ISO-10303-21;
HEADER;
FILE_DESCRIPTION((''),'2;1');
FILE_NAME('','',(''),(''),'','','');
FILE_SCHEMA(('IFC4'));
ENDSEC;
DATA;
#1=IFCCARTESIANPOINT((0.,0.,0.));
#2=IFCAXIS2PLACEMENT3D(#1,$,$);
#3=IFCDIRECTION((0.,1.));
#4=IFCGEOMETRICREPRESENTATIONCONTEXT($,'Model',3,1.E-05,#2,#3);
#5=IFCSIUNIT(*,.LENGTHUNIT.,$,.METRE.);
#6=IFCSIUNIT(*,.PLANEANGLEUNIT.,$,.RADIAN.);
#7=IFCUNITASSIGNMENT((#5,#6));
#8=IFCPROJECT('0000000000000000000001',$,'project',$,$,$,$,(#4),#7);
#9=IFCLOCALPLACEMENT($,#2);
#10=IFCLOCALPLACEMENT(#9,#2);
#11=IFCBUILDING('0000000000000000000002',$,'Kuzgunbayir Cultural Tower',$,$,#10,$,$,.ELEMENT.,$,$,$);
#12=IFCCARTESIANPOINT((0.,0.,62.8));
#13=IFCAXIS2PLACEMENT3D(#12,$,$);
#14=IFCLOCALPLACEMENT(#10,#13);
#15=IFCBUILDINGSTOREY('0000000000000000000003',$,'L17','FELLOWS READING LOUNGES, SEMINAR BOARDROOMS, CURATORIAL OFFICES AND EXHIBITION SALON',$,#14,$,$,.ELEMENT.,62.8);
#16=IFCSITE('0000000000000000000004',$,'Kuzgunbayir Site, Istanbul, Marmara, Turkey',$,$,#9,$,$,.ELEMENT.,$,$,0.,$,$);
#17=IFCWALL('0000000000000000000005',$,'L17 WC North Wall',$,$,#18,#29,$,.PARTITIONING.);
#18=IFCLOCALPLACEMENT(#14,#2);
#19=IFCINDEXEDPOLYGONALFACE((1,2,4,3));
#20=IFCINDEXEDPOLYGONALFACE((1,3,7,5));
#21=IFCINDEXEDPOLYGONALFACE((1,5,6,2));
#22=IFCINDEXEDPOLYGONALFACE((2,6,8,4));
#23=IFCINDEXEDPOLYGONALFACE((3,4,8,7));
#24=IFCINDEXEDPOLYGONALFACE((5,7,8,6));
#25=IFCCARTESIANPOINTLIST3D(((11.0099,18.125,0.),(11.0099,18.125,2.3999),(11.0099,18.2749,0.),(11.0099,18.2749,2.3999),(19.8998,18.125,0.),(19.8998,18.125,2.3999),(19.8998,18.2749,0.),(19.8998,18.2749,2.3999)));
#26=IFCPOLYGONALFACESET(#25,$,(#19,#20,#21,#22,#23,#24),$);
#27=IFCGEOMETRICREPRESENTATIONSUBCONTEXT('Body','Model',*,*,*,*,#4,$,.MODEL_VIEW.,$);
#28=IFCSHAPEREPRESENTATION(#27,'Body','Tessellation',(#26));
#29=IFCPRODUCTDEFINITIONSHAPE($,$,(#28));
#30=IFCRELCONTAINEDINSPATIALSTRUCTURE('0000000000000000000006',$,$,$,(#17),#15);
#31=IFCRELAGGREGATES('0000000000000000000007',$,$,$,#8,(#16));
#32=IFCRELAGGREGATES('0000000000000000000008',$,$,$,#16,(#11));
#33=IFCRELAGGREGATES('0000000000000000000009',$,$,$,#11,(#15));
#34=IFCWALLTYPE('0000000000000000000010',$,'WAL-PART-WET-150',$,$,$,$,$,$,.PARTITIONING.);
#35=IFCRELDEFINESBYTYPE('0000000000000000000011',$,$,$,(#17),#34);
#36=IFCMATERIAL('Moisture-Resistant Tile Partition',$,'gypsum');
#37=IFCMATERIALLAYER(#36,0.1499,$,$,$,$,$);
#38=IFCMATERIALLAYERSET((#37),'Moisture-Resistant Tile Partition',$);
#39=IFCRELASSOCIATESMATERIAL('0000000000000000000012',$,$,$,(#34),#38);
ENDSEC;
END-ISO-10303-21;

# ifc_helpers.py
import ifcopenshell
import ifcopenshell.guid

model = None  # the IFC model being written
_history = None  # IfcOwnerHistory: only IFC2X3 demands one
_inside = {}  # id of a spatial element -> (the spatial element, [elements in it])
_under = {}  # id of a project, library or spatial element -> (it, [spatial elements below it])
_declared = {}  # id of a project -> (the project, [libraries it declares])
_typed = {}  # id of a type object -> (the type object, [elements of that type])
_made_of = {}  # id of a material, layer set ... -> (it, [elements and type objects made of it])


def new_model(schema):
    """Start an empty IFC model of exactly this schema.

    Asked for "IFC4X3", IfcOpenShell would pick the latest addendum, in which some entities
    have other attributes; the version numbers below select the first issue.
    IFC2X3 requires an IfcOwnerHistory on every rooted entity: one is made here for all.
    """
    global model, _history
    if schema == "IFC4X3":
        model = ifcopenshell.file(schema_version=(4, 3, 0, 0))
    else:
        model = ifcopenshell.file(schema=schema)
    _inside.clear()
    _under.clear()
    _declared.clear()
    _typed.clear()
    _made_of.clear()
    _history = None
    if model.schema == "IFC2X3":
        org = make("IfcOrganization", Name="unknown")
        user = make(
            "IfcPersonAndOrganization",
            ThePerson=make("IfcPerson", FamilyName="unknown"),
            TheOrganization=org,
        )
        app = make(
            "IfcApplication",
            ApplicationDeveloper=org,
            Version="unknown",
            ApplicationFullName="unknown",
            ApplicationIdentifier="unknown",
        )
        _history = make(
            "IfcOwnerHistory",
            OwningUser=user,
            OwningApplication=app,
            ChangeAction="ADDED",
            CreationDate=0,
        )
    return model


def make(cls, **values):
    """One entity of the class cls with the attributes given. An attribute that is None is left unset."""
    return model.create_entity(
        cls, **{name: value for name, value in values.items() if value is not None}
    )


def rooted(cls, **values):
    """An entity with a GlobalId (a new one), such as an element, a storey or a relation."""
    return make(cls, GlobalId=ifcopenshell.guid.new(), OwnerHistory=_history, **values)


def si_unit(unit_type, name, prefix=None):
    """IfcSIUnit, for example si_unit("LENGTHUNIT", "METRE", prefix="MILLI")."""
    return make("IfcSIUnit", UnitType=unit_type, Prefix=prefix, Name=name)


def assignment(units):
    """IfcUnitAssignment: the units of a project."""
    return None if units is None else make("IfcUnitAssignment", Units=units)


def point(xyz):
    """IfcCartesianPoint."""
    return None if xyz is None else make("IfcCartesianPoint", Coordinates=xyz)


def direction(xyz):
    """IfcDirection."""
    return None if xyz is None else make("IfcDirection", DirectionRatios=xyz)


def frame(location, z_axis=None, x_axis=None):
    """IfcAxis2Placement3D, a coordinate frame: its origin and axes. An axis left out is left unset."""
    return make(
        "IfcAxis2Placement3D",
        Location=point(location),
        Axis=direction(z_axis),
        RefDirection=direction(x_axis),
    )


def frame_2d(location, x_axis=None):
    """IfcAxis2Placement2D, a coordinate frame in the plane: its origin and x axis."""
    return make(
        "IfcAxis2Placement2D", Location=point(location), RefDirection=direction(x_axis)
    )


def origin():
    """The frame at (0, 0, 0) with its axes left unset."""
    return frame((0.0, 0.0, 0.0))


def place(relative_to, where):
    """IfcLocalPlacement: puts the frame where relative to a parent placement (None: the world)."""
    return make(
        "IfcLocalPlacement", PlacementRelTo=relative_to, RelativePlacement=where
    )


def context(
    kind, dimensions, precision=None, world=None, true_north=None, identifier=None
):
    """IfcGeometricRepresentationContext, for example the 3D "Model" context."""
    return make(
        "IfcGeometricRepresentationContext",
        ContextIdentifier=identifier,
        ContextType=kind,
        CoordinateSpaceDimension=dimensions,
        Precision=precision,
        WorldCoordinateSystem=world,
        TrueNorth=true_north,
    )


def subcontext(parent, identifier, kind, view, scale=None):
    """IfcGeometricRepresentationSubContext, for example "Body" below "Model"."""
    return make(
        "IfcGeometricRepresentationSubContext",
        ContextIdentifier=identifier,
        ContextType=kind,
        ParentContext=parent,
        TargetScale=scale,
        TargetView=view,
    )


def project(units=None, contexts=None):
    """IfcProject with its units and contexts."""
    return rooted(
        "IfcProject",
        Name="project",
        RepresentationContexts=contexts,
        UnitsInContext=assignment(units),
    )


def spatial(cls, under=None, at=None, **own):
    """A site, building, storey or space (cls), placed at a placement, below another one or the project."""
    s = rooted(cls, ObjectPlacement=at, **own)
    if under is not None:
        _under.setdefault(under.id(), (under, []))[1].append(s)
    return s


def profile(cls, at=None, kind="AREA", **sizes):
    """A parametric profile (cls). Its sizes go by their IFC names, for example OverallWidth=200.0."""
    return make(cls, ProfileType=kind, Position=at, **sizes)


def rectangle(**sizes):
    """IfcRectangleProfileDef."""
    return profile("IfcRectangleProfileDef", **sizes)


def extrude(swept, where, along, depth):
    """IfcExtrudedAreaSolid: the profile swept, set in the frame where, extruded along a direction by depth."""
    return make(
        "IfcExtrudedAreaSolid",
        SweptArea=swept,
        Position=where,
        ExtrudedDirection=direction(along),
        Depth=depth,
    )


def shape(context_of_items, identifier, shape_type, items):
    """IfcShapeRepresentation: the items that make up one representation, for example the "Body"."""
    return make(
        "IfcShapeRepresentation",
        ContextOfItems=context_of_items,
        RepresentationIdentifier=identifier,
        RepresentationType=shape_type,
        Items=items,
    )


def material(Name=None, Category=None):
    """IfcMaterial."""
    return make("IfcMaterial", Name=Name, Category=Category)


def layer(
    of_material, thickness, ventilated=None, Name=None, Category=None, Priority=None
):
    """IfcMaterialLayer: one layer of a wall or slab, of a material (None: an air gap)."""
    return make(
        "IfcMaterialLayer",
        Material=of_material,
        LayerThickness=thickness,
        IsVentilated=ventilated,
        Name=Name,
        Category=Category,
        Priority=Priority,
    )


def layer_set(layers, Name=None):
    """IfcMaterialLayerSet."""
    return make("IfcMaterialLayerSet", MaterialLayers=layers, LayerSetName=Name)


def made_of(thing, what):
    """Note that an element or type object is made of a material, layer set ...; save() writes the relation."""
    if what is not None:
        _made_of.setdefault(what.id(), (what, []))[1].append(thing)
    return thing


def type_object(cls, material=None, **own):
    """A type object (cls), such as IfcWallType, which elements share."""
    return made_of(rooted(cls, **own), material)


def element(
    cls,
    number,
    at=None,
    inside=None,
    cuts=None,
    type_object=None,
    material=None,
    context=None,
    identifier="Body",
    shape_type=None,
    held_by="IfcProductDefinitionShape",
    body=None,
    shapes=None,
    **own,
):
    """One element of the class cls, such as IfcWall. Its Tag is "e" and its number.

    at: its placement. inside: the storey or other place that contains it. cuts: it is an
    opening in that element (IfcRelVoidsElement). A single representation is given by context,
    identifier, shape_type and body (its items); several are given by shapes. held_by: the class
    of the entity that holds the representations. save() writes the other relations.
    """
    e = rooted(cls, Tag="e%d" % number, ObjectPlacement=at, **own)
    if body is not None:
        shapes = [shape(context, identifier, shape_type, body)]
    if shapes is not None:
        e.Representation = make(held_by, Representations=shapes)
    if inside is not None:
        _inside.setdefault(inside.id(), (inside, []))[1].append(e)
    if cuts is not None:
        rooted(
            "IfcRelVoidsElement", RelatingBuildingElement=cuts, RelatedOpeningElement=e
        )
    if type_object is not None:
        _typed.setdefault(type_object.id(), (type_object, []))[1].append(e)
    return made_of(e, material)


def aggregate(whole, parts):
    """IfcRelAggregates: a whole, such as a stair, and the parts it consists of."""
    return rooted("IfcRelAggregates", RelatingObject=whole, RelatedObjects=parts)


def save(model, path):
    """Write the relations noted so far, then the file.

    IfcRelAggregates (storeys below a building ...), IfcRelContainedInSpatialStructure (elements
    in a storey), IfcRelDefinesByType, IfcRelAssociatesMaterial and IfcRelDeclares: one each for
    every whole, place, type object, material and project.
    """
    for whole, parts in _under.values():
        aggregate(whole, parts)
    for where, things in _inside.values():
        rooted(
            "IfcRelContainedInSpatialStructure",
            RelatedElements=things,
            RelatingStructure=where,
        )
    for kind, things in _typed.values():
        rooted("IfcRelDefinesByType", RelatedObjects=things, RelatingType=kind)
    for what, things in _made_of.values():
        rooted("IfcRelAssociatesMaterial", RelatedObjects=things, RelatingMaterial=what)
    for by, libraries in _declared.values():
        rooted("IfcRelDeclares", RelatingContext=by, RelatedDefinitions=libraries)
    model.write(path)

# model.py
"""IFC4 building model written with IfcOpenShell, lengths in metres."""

from ifc_helpers import new_model, si_unit, direction, frame, frame_2d, origin, place, context, subcontext, project, spatial, rectangle, extrude, material, layer, layer_set, type_object, element, save


model = new_model("IFC4")

# Units and contexts
model_context = context("Model", 3, precision=1e-05, world=origin(), true_north=direction((0.0, 1.0)))
body_context = subcontext(model_context, "Body", "Model", "MODEL_VIEW")
ifc_project = project(units=[si_unit("LENGTHUNIT", "METRE"), si_unit("PLANEANGLEUNIT", "RADIAN")], contexts=[model_context])

# Site, building, storey
site_placement = place(None, origin())
site = spatial("IfcSite", under=ifc_project, at=site_placement, Name="Kuzgunbayir Site, Istanbul, Marmara, Turkey", CompositionType="ELEMENT", RefElevation=0.0)
building_placement = place(site_placement, origin())
building = spatial("IfcBuilding", under=site, at=building_placement, Name="Kuzgunbayir Cultural Tower", CompositionType="ELEMENT")
storey_placement = place(building_placement, frame((0.0, 0.0, 62.8)))
storey = spatial("IfcBuildingStorey", under=building, at=storey_placement, Name="L17", Description="FELLOWS READING LOUNGES, SEMINAR BOARDROOMS, CURATORIAL OFFICES AND EXHIBITION SALON", CompositionType="ELEMENT", Elevation=62.8)

# Wall
ifc_material_1 = material(Name="Moisture-Resistant Tile Partition", Category="gypsum")
ifc_layer_1 = layer(ifc_material_1, 0.1499)
ifc_layer_set_1 = layer_set([ifc_layer_1], Name="Moisture-Resistant Tile Partition")
wall_type_1 = type_object("IfcWallType", Name="WAL-PART-WET-150", PredefinedType="PARTITIONING", material=ifc_layer_set_1)
wall_1_placement = place(storey_placement, frame((11.01, 18.2, 0.0), z_axis=(0.0, 0.0, 1.0), x_axis=(1.0, 0.0, 0.0)))
element("IfcWall", 1, at=wall_1_placement, inside=storey, type_object=wall_type_1, Name="L17 WC North Wall", PredefinedType="PARTITIONING", context=body_context, shape_type="SweptSolid", body=[
    extrude(rectangle(XDim=8.8899, YDim=0.1499, at=frame_2d((4.4448, 0.0))), origin(), (0.0, 0.0, 1.0), 2.3999),
])

save(model, "model.ifc")
